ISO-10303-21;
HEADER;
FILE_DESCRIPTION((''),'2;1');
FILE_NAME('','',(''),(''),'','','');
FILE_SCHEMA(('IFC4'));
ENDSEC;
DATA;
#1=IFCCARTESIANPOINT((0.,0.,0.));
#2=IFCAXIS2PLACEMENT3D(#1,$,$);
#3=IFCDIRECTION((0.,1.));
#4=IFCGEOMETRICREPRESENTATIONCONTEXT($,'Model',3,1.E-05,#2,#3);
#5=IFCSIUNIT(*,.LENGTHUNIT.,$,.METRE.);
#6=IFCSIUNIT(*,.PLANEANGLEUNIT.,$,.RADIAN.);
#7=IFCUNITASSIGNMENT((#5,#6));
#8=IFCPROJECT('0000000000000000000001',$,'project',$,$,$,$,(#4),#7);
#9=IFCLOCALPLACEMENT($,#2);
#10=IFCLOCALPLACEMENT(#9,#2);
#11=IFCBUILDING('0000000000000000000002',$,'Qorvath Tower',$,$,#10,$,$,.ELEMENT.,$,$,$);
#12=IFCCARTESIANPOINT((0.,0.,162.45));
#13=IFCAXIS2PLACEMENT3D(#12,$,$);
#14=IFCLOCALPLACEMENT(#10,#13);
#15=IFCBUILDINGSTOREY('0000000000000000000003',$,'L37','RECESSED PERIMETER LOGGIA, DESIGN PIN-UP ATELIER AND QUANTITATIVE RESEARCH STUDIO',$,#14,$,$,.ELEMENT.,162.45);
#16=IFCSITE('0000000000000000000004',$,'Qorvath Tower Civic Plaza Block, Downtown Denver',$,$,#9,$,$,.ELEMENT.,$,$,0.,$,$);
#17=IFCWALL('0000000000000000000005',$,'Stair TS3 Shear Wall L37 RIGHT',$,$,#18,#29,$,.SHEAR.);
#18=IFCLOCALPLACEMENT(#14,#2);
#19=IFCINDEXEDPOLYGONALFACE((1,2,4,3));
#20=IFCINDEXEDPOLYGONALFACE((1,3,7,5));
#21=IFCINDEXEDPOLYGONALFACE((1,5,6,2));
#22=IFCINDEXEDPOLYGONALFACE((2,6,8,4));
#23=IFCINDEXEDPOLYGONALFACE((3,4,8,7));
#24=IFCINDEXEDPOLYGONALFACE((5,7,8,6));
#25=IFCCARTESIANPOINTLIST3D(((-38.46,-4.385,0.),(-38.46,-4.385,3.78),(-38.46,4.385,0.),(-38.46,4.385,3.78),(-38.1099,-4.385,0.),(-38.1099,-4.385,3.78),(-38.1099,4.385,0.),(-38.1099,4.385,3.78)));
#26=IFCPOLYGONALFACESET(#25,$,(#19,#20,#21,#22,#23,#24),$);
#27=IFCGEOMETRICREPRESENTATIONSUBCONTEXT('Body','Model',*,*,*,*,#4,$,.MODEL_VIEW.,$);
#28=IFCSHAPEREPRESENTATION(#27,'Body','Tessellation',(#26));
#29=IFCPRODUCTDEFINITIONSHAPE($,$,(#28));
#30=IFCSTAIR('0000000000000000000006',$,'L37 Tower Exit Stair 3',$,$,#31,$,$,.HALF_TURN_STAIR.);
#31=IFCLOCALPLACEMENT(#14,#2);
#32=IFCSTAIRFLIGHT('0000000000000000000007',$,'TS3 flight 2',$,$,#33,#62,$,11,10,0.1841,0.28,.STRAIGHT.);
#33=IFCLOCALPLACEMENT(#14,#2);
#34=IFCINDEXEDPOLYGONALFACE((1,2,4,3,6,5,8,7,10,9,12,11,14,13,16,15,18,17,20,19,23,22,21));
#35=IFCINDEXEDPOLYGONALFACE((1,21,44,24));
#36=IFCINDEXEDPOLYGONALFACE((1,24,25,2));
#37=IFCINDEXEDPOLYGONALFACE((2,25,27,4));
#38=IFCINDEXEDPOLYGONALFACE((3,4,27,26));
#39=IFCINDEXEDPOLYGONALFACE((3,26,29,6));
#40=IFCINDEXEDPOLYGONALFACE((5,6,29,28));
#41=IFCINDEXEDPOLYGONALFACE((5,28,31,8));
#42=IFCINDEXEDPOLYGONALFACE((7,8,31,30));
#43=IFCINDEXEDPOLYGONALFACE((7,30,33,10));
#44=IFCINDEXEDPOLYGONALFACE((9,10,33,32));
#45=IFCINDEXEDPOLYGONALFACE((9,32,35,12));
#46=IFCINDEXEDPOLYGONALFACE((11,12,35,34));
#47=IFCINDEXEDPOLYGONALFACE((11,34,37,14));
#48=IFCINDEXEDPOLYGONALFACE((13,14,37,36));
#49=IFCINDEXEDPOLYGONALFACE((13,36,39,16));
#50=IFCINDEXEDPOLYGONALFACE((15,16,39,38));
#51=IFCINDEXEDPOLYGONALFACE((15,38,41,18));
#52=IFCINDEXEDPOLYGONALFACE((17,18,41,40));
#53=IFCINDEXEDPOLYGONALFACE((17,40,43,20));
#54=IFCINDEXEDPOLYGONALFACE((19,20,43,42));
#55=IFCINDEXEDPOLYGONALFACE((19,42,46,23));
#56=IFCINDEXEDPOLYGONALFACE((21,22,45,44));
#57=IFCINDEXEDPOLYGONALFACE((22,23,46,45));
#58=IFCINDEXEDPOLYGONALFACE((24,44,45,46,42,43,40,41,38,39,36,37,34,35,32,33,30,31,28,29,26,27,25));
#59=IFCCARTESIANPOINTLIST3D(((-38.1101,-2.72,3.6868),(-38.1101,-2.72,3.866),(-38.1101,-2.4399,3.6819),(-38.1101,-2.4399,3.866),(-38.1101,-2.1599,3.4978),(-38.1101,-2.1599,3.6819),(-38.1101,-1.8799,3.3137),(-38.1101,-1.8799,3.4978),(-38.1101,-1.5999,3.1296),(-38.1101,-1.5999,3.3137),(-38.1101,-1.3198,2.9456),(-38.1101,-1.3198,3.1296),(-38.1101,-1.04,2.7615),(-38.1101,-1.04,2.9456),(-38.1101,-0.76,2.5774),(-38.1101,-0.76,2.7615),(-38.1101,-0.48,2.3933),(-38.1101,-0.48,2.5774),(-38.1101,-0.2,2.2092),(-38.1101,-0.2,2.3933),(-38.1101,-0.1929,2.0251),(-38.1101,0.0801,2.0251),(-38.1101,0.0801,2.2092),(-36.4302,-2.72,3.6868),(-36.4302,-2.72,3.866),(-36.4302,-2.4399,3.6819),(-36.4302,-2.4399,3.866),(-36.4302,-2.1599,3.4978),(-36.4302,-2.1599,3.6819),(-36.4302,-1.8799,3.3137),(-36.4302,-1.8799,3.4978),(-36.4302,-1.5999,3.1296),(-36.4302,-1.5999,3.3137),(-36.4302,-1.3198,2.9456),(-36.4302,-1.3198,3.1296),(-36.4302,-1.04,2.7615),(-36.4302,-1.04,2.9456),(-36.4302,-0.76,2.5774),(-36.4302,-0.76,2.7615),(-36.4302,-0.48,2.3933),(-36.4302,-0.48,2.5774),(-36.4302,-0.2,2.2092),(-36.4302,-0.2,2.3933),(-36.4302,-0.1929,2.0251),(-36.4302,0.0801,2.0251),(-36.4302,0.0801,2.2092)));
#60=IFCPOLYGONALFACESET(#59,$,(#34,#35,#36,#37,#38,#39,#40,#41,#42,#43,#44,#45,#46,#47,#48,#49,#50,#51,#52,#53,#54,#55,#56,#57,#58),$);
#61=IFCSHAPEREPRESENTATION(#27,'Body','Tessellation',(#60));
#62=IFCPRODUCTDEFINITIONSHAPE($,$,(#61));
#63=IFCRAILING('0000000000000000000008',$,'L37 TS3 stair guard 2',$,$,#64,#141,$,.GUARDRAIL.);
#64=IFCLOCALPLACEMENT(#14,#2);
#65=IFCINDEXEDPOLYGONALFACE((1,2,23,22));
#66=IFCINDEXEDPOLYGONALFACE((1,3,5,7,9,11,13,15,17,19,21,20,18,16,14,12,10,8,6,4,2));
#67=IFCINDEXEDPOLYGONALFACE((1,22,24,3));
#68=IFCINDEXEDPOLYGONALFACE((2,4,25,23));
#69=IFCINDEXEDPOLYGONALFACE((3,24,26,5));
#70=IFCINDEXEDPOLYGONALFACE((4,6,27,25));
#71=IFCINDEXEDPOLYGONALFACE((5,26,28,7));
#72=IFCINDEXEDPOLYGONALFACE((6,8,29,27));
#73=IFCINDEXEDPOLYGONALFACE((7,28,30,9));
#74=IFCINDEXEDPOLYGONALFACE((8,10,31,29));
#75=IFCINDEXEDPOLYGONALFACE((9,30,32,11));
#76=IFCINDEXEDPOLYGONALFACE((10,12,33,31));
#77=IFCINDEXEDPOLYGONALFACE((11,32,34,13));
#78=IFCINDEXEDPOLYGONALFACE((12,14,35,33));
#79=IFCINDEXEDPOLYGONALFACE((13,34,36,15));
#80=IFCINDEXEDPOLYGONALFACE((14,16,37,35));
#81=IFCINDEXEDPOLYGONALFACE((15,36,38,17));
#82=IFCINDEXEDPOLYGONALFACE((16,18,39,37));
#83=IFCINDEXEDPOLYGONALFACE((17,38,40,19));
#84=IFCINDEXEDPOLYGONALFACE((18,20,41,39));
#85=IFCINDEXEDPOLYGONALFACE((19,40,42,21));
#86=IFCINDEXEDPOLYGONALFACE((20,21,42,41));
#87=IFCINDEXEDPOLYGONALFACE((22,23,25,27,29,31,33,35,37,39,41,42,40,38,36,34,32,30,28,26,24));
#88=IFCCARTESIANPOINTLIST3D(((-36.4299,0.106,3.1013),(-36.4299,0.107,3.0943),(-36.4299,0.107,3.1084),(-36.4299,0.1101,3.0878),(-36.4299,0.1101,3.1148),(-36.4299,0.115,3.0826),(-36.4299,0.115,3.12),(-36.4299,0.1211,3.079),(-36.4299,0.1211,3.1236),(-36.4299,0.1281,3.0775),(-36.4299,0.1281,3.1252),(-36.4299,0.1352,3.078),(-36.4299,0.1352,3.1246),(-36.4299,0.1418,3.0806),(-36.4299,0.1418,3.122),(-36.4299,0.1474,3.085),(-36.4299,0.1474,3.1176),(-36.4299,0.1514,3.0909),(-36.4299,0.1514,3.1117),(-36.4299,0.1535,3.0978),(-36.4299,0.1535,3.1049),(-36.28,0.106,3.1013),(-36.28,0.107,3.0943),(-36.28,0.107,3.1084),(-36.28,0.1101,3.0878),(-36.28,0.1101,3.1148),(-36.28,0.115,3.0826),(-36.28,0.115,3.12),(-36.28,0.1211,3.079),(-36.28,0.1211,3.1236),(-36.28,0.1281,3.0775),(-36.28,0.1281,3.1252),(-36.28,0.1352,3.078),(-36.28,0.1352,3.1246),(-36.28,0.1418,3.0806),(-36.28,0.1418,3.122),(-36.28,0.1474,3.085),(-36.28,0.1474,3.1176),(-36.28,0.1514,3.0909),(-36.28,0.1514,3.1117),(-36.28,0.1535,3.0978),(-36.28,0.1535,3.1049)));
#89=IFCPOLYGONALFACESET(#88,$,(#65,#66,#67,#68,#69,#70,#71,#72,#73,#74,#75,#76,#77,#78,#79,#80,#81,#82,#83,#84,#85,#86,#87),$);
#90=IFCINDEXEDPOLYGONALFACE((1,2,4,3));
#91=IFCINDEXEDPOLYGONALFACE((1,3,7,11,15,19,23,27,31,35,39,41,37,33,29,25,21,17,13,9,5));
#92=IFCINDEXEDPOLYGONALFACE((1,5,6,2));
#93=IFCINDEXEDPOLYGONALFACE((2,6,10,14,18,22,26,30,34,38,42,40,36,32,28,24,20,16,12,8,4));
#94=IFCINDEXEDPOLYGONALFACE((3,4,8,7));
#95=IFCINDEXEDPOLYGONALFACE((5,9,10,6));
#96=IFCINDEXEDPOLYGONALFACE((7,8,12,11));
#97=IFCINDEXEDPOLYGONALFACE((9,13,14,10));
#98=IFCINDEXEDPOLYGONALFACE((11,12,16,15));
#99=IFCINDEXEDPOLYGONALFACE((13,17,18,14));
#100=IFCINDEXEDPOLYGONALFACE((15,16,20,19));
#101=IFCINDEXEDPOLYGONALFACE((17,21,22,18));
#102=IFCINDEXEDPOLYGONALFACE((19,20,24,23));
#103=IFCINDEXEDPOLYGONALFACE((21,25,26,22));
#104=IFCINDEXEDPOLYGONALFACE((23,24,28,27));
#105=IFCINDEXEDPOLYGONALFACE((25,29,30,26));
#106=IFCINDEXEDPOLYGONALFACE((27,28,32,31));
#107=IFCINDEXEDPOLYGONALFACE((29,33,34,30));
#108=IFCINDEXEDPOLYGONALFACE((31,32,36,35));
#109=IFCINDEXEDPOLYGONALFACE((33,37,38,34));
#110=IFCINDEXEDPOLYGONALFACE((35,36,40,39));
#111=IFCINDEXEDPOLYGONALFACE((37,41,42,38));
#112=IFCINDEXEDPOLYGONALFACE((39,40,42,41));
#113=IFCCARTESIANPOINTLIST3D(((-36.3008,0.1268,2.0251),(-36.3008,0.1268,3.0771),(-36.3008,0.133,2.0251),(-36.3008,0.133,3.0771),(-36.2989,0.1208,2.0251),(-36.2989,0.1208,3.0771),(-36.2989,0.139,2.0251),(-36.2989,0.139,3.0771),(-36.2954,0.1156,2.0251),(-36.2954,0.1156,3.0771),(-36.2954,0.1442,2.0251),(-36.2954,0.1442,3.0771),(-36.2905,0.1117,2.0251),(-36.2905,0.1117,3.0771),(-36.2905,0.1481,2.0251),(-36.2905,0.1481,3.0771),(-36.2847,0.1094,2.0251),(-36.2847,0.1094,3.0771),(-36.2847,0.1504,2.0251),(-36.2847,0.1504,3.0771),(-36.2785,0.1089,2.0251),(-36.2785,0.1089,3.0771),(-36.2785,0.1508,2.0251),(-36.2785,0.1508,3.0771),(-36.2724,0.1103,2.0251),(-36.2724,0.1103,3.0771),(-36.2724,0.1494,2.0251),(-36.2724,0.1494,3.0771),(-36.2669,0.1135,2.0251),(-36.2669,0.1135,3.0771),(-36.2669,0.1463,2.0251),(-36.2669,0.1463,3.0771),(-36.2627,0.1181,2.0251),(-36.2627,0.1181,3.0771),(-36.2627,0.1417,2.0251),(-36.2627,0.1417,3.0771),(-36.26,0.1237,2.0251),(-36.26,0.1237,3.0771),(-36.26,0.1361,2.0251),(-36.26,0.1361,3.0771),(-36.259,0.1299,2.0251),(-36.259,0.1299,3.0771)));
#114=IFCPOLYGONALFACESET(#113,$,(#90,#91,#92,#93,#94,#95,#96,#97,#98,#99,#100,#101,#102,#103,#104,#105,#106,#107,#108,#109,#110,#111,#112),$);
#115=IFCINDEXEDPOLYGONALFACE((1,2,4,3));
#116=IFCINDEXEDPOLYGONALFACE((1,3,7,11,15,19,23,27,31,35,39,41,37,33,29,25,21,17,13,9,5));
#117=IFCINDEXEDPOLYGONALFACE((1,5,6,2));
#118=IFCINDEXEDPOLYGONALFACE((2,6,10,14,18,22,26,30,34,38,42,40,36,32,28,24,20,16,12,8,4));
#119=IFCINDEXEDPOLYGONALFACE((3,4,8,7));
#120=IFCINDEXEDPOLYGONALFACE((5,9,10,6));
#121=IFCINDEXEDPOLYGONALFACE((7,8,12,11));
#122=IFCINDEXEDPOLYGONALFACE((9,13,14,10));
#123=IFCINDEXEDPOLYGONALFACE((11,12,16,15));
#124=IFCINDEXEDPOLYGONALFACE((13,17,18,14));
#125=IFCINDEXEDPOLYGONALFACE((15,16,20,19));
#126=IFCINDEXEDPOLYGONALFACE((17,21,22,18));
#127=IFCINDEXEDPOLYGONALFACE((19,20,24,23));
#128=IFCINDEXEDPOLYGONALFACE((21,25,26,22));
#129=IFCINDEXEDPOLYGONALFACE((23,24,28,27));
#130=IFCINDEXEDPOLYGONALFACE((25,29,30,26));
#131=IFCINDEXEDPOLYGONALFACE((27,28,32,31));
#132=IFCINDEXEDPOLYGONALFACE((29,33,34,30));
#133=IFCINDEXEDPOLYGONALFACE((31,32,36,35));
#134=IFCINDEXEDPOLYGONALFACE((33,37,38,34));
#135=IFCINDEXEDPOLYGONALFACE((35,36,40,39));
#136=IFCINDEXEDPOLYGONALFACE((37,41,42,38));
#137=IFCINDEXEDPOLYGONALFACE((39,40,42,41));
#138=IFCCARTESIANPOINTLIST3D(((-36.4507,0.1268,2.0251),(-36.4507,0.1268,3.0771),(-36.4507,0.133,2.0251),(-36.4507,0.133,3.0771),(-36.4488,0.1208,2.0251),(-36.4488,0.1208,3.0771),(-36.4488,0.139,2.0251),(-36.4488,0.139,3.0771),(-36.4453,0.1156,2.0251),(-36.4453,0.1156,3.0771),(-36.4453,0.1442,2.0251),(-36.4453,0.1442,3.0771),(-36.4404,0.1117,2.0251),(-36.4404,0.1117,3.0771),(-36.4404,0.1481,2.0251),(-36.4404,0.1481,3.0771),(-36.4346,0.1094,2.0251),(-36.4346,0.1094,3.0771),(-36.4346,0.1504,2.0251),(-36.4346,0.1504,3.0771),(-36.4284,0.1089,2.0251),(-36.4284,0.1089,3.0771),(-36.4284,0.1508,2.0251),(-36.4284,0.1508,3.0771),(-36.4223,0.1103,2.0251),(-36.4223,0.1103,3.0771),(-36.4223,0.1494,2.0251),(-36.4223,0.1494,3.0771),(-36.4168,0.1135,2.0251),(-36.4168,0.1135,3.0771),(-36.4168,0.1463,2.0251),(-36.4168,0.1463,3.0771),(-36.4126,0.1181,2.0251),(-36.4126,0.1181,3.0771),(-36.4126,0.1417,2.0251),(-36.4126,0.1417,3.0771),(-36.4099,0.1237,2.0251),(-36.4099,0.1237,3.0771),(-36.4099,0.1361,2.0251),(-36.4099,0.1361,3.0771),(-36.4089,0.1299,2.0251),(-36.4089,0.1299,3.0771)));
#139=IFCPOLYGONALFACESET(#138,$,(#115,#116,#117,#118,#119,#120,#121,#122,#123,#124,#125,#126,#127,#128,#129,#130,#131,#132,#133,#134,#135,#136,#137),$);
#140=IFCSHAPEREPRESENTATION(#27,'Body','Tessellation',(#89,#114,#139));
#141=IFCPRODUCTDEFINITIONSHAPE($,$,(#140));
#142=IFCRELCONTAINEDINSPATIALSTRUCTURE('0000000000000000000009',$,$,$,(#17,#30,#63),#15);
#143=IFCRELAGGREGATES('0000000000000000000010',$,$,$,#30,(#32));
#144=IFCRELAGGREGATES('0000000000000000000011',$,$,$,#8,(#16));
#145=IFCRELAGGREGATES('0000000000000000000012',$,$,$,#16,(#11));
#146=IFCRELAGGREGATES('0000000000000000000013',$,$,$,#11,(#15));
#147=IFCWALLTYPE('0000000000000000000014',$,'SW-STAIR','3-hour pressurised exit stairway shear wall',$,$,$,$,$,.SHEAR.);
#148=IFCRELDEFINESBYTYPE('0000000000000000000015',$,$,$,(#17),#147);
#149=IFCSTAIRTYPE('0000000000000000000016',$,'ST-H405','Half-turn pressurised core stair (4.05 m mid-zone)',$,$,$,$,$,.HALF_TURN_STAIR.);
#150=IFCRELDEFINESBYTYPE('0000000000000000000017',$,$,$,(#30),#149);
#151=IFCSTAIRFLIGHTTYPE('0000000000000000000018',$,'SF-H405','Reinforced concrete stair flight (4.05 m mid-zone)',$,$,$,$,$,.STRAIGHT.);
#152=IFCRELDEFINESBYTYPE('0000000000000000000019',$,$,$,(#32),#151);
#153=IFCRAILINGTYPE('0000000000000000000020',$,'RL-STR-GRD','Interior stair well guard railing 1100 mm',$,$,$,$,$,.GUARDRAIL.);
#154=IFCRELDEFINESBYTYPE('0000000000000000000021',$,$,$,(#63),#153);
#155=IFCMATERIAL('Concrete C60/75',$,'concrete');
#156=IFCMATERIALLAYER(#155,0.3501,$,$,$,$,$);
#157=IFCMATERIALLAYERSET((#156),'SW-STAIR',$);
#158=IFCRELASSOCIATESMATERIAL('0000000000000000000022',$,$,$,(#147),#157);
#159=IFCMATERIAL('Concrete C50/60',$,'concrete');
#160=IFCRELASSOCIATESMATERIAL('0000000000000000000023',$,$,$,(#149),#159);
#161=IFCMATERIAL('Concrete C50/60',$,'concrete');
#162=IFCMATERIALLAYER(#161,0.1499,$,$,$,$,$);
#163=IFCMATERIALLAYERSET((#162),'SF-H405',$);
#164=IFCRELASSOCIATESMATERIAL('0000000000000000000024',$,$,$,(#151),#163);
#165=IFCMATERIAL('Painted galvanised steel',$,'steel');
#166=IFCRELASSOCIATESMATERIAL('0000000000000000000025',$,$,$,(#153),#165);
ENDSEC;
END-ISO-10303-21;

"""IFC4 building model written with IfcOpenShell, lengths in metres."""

from ifc_helpers import new_model, si_unit, direction, frame, frame_2d, origin, origin_2d, place, context, subcontext, project, spatial, polyline, rectangle, circle, outline, extrude, material, layer, layer_set, type_object, element, aggregate, save


model = new_model("IFC4")

# Units and contexts
model_context = context("Model", 3, precision=1e-05, world=origin(), true_north=direction((0.0, 1.0)))
body_context = subcontext(model_context, "Body", "Model", "MODEL_VIEW")
ifc_project = project(units=[si_unit("LENGTHUNIT", "METRE"), si_unit("PLANEANGLEUNIT", "RADIAN")], contexts=[model_context])

# Site, building, storey
site_placement = place(None, origin())
site = spatial("IfcSite", under=ifc_project, at=site_placement, Name="Qorvath Tower Civic Plaza Block, Downtown Denver", CompositionType="ELEMENT", RefElevation=0.0)
building_placement = place(site_placement, origin())
building = spatial("IfcBuilding", under=site, at=building_placement, Name="Qorvath Tower", CompositionType="ELEMENT")
storey_placement = place(building_placement, frame((0.0, 0.0, 162.45)))
storey = spatial("IfcBuildingStorey", under=building, at=storey_placement, Name="L37", Description="RECESSED PERIMETER LOGGIA, DESIGN PIN-UP ATELIER AND QUANTITATIVE RESEARCH STUDIO", CompositionType="ELEMENT", Elevation=162.45)

# Wall
ifc_material_1 = material(Name="Concrete C60/75", Category="concrete")
ifc_layer_1 = layer(ifc_material_1, 0.3501)
ifc_layer_set_1 = layer_set([ifc_layer_1], Name="SW-STAIR")
wall_type_1 = type_object("IfcWallType", Name="SW-STAIR", Description="3-hour pressurised exit stairway shear wall", PredefinedType="SHEAR", material=ifc_layer_set_1)
wall_1_placement = place(storey_placement, frame((-38.2849, 4.385, 0.0), z_axis=(0.0, 0.0, 1.0), x_axis=(0.0, -1.0, 0.0)))
element("IfcWall", 1, at=wall_1_placement, inside=storey, type_object=wall_type_1, Name="Stair TS3 Shear Wall L37 RIGHT", PredefinedType="SHEAR", context=body_context, shape_type="SweptSolid", body=[
    extrude(rectangle(XDim=8.77, YDim=0.3501, at=frame_2d((4.385, 0.0))), origin(), (0.0, 0.0, 1.0), 3.78),
])

# Stair, stair flight
ifc_material_2 = material(Name="Concrete C50/60", Category="concrete")
stair_type = type_object("IfcStairType", Name="ST-H405", Description="Half-turn pressurised core stair (4.05 m mid-zone)", PredefinedType="HALF_TURN_STAIR", material=ifc_material_2)
stair_placement = place(storey_placement, origin())
stair = element("IfcStair", 2, at=stair_placement, inside=storey, type_object=stair_type, Name="L37 Tower Exit Stair 3", PredefinedType="HALF_TURN_STAIR")
ifc_material_3 = material(Name="Concrete C50/60", Category="concrete")
ifc_layer_2 = layer(ifc_material_3, 0.1499)
ifc_layer_set_2 = layer_set([ifc_layer_2], Name="SF-H405")
stair_flight_type = type_object("IfcStairFlightType", Name="SF-H405", Description="Reinforced concrete stair flight (4.05 m mid-zone)", PredefinedType="STRAIGHT", material=ifc_layer_set_2)
stair_flight_placement = place(storey_placement, frame((-37.27, 0.0801, 2.0251), z_axis=(0.0, 0.0, 1.0), x_axis=(0.0, -1.0, 0.0)))
stair_flight = element("IfcStairFlight", 3, at=stair_flight_placement, type_object=stair_flight_type, Name="TS3 flight 2", NumberOfRisers=11, NumberOfTreads=10, PredefinedType="STRAIGHT", RiserHeight=0.1841, TreadLength=0.28, context=body_context, shape_type="SweptSolid", body=[
    extrude(outline(polyline([(0.0, 0.0), (0.0, 0.1841), (0.28, 0.1841), (0.28, 0.3682), (0.5601, 0.3682), (0.5601, 0.5522), (0.8401, 0.5522), (0.8401, 0.7363), (1.1201, 0.7363), (1.1201, 0.9204), (1.3999, 0.9204), (1.3999, 1.1045), (1.6799, 1.1045), (1.6799, 1.2886), (1.96, 1.2886), (1.96, 1.4727), (2.24, 1.4727), (2.24, 1.6567), (2.52, 1.6567), (2.52, 1.8408), (2.8, 1.8408), (2.8, 2.0249), (2.8, 1.6616), (0.2729, 0.0), (0.0, 0.0)])), frame((0.0, 0.8398, 0.0), z_axis=(0.0, -1.0, 0.0), x_axis=(1.0, 0.0, 0.0)), (0.0, 0.0, 1.0), 1.6799),
])
aggregate(stair, [stair_flight])

# Railing
ifc_material_4 = material(Name="Painted galvanised steel", Category="steel")
railing_type = type_object("IfcRailingType", Name="RL-STR-GRD", Description="Interior stair well guard railing 1100 mm", PredefinedType="GUARDRAIL", material=ifc_material_4)
railing_1_placement = place(storey_placement, frame((-36.28, 0.1299, 2.0251)))
element("IfcRailing", 4, at=railing_1_placement, inside=storey, type_object=railing_type, Name="L37 TS3 stair guard 2", PredefinedType="GUARDRAIL", context=body_context, shape_type="SweptSolid", body=[
    extrude(circle(Radius=0.0239, at=origin_2d()), frame((0.0, 0.0, 1.0762), z_axis=(-1.0, 0.0, 0.0), x_axis=(0.0, -1.0, 0.0)), (0.0, 0.0, 1.0), 0.1499),
    extrude(circle(Radius=0.021, at=origin_2d()), origin(), (0.0, 0.0, 1.0), 1.052),
    extrude(circle(Radius=0.021, at=origin_2d()), frame((-0.1499, 0.0, 0.0)), (0.0, 0.0, 1.0), 1.052),
])

save(model, "model.ifc")
